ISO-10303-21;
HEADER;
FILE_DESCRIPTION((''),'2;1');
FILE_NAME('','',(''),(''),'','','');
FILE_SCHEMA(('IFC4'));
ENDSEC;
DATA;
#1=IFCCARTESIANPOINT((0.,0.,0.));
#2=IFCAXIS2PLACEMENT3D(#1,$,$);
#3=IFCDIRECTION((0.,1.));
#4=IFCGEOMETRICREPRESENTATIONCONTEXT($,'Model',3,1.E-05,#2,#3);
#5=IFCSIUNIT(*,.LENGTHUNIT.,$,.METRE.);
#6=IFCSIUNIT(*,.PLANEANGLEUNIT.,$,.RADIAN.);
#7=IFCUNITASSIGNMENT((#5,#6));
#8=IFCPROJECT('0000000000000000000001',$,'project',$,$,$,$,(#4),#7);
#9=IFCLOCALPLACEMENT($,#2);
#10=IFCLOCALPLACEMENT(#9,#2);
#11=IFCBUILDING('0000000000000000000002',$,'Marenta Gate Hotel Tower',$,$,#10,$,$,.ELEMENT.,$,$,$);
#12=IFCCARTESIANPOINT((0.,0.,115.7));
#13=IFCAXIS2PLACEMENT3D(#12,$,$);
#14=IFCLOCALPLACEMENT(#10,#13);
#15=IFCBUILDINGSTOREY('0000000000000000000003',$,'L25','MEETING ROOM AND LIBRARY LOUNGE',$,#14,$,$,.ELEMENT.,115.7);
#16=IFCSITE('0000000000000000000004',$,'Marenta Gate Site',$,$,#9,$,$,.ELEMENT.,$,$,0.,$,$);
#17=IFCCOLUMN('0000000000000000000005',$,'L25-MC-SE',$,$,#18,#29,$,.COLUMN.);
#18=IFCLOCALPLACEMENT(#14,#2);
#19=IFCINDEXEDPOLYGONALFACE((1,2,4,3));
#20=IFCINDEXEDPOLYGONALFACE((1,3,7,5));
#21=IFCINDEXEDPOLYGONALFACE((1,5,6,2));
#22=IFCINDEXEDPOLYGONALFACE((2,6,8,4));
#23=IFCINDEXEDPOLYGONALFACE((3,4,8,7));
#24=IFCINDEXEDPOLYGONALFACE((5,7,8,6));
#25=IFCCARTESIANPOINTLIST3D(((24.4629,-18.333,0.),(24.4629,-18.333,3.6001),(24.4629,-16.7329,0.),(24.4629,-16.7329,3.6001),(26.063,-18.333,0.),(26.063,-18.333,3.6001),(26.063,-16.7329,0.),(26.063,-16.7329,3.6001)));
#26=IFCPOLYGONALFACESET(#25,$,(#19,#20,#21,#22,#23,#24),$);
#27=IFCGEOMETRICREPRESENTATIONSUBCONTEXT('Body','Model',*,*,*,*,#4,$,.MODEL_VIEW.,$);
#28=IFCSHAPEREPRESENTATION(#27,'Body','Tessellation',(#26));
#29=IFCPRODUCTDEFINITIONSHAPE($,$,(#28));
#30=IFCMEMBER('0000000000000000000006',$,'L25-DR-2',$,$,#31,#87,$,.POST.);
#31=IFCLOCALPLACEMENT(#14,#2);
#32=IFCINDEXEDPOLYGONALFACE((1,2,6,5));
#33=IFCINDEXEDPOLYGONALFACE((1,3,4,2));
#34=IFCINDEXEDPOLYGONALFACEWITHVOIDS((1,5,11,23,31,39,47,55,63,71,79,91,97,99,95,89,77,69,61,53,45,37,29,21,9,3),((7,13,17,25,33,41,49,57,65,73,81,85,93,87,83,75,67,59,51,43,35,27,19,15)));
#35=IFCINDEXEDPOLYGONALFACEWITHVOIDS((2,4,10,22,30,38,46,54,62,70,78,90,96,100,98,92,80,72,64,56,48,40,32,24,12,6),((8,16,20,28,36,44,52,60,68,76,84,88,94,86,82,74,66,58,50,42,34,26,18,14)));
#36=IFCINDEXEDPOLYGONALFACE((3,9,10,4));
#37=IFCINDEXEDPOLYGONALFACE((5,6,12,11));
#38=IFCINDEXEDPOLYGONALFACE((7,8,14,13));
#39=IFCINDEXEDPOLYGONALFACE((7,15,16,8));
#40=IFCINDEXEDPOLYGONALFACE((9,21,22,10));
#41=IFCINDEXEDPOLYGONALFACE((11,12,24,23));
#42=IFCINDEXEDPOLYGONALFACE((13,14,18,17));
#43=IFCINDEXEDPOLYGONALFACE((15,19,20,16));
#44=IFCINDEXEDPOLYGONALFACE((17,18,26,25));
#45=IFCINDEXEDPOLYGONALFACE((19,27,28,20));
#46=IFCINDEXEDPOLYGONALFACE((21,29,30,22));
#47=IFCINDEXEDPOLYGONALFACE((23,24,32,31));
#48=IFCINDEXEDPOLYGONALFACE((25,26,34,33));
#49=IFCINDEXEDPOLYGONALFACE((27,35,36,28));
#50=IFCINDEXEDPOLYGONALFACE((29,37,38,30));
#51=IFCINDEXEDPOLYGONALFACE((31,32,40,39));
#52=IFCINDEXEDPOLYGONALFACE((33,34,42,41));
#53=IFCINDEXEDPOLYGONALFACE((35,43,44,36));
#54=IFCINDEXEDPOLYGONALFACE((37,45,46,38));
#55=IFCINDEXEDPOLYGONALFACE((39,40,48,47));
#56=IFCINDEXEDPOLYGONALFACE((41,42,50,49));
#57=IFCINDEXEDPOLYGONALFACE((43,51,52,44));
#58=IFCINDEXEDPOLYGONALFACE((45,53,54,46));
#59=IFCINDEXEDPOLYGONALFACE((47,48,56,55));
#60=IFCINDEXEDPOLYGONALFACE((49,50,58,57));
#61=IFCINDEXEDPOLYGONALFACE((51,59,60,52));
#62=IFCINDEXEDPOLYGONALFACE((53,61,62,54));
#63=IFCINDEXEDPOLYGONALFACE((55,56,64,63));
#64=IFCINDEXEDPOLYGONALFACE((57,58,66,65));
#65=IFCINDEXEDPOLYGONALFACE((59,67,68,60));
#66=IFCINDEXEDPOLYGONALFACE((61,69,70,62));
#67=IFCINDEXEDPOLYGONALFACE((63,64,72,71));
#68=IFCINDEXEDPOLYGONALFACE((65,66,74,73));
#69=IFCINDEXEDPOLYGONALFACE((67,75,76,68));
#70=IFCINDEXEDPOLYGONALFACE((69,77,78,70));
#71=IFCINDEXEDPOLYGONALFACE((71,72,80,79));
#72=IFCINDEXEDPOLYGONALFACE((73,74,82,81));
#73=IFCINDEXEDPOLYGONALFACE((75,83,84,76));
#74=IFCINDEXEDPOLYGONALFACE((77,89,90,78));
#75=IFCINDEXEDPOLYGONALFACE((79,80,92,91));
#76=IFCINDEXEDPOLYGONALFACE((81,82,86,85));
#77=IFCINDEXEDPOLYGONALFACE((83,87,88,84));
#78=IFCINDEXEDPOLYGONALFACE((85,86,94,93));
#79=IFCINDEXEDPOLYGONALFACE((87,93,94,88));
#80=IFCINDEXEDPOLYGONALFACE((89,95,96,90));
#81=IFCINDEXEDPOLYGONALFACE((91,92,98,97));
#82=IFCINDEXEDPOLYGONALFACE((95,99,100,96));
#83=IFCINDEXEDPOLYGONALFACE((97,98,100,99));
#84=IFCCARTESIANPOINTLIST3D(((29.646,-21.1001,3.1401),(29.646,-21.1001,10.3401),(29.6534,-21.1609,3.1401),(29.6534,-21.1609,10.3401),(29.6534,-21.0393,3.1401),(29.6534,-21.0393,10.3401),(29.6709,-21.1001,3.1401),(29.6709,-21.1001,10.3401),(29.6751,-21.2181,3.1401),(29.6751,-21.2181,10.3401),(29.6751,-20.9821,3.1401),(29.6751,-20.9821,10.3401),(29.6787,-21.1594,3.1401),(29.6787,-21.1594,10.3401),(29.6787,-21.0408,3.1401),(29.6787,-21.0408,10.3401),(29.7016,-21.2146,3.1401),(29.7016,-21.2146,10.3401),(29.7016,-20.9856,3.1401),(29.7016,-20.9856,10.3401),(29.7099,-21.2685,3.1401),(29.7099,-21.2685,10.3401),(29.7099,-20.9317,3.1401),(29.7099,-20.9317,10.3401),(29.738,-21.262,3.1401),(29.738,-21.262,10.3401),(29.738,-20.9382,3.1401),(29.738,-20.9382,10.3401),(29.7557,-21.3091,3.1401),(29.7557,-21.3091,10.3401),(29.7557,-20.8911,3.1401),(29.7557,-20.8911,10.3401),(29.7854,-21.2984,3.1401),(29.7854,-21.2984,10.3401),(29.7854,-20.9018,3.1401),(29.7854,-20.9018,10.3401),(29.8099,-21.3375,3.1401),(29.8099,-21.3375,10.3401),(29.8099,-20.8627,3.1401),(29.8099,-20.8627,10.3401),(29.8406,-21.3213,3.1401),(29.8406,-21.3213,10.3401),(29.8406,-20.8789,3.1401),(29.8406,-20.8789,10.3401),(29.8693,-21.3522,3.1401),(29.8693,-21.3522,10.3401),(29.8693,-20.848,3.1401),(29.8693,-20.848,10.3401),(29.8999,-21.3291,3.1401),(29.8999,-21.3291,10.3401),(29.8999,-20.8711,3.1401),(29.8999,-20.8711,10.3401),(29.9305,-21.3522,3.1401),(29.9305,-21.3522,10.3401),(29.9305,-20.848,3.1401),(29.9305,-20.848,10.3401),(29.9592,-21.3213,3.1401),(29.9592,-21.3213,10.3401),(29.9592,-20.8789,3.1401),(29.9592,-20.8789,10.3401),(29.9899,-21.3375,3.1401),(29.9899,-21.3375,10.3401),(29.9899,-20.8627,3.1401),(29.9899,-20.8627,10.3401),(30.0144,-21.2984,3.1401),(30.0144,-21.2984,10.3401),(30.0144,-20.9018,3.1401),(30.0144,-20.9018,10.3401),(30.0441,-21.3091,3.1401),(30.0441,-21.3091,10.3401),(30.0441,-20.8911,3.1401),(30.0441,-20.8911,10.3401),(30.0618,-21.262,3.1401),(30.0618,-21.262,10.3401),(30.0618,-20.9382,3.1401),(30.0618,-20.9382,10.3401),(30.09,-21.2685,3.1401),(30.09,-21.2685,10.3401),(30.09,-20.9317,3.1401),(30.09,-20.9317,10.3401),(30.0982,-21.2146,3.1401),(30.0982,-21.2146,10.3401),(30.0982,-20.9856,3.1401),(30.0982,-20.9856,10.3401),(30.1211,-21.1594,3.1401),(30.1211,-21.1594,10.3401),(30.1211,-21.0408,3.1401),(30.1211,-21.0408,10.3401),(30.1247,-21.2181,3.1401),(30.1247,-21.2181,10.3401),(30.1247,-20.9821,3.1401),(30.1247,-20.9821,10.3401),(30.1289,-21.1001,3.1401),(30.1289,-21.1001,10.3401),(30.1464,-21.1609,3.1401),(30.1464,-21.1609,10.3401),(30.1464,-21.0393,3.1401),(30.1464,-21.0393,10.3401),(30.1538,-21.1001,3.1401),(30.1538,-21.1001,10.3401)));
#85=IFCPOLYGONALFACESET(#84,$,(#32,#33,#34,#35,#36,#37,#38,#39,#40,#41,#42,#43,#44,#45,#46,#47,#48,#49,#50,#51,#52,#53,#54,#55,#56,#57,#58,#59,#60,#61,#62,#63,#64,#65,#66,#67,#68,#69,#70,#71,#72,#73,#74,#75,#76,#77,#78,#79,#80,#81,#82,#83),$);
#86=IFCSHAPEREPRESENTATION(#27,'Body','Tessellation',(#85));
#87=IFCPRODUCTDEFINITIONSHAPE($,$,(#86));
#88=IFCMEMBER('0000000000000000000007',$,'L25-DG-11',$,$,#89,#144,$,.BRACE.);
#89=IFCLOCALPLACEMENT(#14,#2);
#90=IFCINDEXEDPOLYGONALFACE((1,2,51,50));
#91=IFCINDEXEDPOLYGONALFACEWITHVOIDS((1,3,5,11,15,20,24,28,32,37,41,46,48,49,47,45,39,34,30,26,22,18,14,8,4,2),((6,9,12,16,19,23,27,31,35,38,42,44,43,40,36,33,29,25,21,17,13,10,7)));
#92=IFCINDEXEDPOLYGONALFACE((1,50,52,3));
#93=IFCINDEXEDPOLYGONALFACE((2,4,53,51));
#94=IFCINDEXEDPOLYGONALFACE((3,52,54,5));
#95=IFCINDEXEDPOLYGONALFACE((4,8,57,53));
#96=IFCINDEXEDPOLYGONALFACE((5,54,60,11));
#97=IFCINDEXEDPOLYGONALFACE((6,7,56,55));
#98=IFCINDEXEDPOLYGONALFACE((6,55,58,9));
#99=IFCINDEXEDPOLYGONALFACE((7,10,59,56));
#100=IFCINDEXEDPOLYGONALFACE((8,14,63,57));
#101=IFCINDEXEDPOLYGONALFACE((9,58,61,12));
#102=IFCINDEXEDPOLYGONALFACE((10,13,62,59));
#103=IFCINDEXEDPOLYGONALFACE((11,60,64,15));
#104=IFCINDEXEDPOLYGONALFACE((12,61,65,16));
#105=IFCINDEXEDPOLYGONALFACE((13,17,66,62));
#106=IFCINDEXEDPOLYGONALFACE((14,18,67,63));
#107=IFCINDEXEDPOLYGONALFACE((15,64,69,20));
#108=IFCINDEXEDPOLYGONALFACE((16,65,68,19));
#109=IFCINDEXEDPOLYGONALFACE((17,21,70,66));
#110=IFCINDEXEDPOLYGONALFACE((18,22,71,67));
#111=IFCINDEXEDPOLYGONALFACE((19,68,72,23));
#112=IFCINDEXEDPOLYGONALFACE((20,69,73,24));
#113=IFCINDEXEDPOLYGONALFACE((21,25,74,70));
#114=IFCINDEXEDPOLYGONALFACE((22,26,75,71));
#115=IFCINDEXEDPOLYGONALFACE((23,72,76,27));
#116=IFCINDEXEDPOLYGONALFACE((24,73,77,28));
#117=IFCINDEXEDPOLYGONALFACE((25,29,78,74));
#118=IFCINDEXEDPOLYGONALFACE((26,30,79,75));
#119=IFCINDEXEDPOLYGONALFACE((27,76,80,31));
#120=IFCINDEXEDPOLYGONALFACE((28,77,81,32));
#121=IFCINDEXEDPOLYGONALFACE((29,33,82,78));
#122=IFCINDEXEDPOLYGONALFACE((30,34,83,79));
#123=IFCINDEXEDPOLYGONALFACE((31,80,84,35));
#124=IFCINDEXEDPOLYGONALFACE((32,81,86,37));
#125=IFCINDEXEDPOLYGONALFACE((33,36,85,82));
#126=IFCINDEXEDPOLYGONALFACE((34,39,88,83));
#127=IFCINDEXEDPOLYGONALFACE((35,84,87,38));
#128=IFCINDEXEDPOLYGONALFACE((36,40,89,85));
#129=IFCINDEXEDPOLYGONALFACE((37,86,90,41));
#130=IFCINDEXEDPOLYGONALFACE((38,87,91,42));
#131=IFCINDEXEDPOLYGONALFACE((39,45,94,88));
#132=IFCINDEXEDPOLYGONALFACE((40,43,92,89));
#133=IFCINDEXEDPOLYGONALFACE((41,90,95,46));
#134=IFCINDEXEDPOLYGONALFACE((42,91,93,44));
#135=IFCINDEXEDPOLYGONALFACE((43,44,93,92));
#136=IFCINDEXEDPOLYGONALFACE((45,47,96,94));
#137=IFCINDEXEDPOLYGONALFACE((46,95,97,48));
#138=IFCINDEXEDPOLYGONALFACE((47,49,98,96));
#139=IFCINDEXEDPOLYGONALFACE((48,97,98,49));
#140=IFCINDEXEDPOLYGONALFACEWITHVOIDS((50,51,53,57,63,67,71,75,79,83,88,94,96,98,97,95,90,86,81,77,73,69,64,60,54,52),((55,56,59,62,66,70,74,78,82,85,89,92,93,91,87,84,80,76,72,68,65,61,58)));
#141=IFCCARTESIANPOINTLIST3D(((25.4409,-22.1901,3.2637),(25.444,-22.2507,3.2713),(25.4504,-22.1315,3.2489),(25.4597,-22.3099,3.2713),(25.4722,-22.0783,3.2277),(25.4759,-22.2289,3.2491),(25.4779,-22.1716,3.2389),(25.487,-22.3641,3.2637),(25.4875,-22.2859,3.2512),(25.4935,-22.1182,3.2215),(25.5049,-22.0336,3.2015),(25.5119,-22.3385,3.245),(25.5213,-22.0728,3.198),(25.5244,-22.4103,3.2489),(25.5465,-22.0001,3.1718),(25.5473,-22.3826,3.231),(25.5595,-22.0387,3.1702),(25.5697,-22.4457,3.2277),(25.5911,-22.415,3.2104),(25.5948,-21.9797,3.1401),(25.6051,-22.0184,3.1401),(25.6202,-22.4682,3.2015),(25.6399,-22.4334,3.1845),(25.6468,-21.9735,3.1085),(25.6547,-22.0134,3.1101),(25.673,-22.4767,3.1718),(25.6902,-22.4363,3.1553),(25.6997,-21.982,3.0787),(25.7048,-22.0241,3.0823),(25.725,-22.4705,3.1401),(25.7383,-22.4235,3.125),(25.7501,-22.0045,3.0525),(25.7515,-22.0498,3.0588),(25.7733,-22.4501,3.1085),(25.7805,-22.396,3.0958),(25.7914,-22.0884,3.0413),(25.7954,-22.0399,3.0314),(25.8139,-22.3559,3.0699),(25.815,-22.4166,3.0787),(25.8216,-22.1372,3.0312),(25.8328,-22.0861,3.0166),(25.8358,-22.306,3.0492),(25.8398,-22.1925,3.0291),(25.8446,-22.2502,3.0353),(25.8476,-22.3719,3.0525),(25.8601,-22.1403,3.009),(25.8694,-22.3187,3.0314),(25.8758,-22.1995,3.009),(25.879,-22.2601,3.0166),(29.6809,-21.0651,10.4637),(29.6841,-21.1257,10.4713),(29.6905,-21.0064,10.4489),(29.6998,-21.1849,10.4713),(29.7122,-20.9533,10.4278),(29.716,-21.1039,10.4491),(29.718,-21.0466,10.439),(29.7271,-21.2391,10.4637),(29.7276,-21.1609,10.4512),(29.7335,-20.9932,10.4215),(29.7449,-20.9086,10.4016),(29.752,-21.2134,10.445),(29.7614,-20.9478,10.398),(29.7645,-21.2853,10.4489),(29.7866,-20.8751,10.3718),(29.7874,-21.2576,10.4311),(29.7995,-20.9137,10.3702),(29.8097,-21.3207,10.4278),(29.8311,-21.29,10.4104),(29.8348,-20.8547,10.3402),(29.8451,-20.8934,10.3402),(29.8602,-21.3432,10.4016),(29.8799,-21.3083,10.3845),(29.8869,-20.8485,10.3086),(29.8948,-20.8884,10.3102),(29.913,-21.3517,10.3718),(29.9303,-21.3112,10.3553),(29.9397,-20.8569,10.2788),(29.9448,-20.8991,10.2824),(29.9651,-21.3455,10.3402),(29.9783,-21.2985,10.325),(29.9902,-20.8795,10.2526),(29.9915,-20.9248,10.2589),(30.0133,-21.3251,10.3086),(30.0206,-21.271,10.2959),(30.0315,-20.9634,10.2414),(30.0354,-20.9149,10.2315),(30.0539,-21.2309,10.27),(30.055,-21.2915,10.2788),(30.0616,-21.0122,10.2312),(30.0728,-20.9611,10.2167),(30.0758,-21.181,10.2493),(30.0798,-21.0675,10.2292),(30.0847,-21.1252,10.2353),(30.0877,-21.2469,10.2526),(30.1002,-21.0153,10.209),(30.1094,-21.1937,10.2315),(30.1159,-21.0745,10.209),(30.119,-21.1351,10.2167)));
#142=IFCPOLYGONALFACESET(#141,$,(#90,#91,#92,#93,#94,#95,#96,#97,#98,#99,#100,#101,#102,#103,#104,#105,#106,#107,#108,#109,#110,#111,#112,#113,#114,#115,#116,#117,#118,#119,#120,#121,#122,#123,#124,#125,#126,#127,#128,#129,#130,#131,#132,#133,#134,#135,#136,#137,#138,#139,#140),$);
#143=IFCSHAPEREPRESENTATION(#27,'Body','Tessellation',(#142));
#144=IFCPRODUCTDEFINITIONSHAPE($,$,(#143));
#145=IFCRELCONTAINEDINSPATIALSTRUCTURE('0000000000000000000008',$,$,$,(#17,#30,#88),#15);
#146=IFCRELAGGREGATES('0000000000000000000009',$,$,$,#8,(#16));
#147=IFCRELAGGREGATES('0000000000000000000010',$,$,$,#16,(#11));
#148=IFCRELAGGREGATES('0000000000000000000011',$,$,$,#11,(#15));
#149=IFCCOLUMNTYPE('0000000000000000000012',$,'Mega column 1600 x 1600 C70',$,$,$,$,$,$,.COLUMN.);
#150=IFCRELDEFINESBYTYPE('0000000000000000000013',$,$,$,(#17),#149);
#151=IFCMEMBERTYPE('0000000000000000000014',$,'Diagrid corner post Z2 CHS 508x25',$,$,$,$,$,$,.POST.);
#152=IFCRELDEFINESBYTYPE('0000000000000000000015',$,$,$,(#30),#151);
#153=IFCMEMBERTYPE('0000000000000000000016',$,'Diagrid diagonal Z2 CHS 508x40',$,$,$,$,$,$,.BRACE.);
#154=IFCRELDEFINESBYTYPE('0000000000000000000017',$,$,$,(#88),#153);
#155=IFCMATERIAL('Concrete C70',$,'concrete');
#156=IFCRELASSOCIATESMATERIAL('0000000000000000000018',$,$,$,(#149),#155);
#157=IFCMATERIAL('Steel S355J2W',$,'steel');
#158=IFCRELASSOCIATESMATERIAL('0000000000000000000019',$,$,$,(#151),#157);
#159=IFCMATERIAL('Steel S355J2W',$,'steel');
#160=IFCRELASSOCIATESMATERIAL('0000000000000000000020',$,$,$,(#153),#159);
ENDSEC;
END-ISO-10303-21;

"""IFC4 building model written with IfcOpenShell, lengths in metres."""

from ifc_helpers import new_model, si_unit, direction, frame, origin, origin_2d, place, context, subcontext, project, spatial, rectangle, hollow_circle, extrude, material, material_profile, profile_set, type_object, element, save


model = new_model("IFC4")

# Units and contexts
model_context = context("Model", 3, precision=1e-05, world=origin(), true_north=direction((0.0, 1.0)))
body_context = subcontext(model_context, "Body", "Model", "MODEL_VIEW")
ifc_project = project(units=[si_unit("LENGTHUNIT", "METRE"), si_unit("PLANEANGLEUNIT", "RADIAN")], contexts=[model_context])

# Site, building, storey
site_placement = place(None, origin())
site = spatial("IfcSite", under=ifc_project, at=site_placement, Name="Marenta Gate Site", CompositionType="ELEMENT", RefElevation=0.0)
building_placement = place(site_placement, origin())
building = spatial("IfcBuilding", under=site, at=building_placement, Name="Marenta Gate Hotel Tower", CompositionType="ELEMENT")
storey_placement = place(building_placement, frame((0.0, 0.0, 115.7)))
storey = spatial("IfcBuildingStorey", under=building, at=storey_placement, Name="L25", Description="MEETING ROOM AND LIBRARY LOUNGE", CompositionType="ELEMENT", Elevation=115.7)

# Column
ifc_material_1 = material(Name="Concrete C70", Category="concrete")
ifc_material_profile_1 = material_profile(ifc_material_1, rectangle(XDim=1.6001, YDim=1.6001, at=origin_2d()), Name="1600 x 1600")
ifc_profile_set_1 = profile_set([ifc_material_profile_1], Name="Concrete C70")
column_type = type_object("IfcColumnType", Name="Mega column 1600 x 1600 C70", PredefinedType="COLUMN", material=ifc_profile_set_1)
column_placement = place(storey_placement, frame((25.2629, -17.533, 0.0), z_axis=(0.0, 0.0, 1.0), x_axis=(1.0, 0.0, 0.0)))
element("IfcColumn", 1, at=column_placement, inside=storey, type_object=column_type, Name="L25-MC-SE", PredefinedType="COLUMN", context=body_context, shape_type="SweptSolid", body=[
    extrude(rectangle(XDim=1.6001, YDim=1.6001, at=origin_2d()), origin(), (0.0, 0.0, 1.0), 3.6001),
])

# Members
ifc_material_2 = material(Name="Steel S355J2W", Category="steel")
ifc_material_profile_2 = material_profile(ifc_material_2, hollow_circle(Radius=0.2539, WallThickness=0.0249, at=origin_2d()), Name="CHS 508x25")
ifc_profile_set_2 = profile_set([ifc_material_profile_2], Name="Steel S355J2W")
member_type_1 = type_object("IfcMemberType", Name="Diagrid corner post Z2 CHS 508x25", PredefinedType="POST", material=ifc_profile_set_2)
member_1_placement = place(storey_placement, frame((29.8999, -21.1001, 3.1401), z_axis=(0.0, 0.0, 1.0), x_axis=(1.0, 0.0, 0.0)))
element("IfcMember", 2, at=member_1_placement, inside=storey, type_object=member_type_1, Name="L25-DR-2", PredefinedType="POST", context=body_context, shape_type="SweptSolid", body=[
    extrude(hollow_circle(Radius=0.2539, WallThickness=0.0249, at=origin_2d()), origin(), (0.0, 0.0, 1.0), 7.2),
])
ifc_material_3 = material(Name="Steel S355J2W", Category="steel")
ifc_material_profile_3 = material_profile(ifc_material_3, hollow_circle(Radius=0.2539, WallThickness=0.04, at=origin_2d()), Name="CHS 508x40")
ifc_profile_set_3 = profile_set([ifc_material_profile_3], Name="Steel S355J2W")
member_type_2 = type_object("IfcMemberType", Name="Diagrid diagonal Z2 CHS 508x40", PredefinedType="BRACE", material=ifc_profile_set_3)
member_2_placement = place(storey_placement, frame((25.6599, -22.2251, 3.1401), z_axis=(0.502902, 0.133435, 0.853981), x_axis=(-0.256457, 0.966556, 0.0)))
element("IfcMember", 3, at=member_2_placement, inside=storey, type_object=member_type_2, Name="L25-DG-11", PredefinedType="BRACE", context=body_context, shape_type="SweptSolid", body=[
    extrude(hollow_circle(Radius=0.2539, WallThickness=0.04, at=origin_2d()), origin(), (0.0, 0.0, 1.0), 8.4312),
])

save(model, "model.ifc")
